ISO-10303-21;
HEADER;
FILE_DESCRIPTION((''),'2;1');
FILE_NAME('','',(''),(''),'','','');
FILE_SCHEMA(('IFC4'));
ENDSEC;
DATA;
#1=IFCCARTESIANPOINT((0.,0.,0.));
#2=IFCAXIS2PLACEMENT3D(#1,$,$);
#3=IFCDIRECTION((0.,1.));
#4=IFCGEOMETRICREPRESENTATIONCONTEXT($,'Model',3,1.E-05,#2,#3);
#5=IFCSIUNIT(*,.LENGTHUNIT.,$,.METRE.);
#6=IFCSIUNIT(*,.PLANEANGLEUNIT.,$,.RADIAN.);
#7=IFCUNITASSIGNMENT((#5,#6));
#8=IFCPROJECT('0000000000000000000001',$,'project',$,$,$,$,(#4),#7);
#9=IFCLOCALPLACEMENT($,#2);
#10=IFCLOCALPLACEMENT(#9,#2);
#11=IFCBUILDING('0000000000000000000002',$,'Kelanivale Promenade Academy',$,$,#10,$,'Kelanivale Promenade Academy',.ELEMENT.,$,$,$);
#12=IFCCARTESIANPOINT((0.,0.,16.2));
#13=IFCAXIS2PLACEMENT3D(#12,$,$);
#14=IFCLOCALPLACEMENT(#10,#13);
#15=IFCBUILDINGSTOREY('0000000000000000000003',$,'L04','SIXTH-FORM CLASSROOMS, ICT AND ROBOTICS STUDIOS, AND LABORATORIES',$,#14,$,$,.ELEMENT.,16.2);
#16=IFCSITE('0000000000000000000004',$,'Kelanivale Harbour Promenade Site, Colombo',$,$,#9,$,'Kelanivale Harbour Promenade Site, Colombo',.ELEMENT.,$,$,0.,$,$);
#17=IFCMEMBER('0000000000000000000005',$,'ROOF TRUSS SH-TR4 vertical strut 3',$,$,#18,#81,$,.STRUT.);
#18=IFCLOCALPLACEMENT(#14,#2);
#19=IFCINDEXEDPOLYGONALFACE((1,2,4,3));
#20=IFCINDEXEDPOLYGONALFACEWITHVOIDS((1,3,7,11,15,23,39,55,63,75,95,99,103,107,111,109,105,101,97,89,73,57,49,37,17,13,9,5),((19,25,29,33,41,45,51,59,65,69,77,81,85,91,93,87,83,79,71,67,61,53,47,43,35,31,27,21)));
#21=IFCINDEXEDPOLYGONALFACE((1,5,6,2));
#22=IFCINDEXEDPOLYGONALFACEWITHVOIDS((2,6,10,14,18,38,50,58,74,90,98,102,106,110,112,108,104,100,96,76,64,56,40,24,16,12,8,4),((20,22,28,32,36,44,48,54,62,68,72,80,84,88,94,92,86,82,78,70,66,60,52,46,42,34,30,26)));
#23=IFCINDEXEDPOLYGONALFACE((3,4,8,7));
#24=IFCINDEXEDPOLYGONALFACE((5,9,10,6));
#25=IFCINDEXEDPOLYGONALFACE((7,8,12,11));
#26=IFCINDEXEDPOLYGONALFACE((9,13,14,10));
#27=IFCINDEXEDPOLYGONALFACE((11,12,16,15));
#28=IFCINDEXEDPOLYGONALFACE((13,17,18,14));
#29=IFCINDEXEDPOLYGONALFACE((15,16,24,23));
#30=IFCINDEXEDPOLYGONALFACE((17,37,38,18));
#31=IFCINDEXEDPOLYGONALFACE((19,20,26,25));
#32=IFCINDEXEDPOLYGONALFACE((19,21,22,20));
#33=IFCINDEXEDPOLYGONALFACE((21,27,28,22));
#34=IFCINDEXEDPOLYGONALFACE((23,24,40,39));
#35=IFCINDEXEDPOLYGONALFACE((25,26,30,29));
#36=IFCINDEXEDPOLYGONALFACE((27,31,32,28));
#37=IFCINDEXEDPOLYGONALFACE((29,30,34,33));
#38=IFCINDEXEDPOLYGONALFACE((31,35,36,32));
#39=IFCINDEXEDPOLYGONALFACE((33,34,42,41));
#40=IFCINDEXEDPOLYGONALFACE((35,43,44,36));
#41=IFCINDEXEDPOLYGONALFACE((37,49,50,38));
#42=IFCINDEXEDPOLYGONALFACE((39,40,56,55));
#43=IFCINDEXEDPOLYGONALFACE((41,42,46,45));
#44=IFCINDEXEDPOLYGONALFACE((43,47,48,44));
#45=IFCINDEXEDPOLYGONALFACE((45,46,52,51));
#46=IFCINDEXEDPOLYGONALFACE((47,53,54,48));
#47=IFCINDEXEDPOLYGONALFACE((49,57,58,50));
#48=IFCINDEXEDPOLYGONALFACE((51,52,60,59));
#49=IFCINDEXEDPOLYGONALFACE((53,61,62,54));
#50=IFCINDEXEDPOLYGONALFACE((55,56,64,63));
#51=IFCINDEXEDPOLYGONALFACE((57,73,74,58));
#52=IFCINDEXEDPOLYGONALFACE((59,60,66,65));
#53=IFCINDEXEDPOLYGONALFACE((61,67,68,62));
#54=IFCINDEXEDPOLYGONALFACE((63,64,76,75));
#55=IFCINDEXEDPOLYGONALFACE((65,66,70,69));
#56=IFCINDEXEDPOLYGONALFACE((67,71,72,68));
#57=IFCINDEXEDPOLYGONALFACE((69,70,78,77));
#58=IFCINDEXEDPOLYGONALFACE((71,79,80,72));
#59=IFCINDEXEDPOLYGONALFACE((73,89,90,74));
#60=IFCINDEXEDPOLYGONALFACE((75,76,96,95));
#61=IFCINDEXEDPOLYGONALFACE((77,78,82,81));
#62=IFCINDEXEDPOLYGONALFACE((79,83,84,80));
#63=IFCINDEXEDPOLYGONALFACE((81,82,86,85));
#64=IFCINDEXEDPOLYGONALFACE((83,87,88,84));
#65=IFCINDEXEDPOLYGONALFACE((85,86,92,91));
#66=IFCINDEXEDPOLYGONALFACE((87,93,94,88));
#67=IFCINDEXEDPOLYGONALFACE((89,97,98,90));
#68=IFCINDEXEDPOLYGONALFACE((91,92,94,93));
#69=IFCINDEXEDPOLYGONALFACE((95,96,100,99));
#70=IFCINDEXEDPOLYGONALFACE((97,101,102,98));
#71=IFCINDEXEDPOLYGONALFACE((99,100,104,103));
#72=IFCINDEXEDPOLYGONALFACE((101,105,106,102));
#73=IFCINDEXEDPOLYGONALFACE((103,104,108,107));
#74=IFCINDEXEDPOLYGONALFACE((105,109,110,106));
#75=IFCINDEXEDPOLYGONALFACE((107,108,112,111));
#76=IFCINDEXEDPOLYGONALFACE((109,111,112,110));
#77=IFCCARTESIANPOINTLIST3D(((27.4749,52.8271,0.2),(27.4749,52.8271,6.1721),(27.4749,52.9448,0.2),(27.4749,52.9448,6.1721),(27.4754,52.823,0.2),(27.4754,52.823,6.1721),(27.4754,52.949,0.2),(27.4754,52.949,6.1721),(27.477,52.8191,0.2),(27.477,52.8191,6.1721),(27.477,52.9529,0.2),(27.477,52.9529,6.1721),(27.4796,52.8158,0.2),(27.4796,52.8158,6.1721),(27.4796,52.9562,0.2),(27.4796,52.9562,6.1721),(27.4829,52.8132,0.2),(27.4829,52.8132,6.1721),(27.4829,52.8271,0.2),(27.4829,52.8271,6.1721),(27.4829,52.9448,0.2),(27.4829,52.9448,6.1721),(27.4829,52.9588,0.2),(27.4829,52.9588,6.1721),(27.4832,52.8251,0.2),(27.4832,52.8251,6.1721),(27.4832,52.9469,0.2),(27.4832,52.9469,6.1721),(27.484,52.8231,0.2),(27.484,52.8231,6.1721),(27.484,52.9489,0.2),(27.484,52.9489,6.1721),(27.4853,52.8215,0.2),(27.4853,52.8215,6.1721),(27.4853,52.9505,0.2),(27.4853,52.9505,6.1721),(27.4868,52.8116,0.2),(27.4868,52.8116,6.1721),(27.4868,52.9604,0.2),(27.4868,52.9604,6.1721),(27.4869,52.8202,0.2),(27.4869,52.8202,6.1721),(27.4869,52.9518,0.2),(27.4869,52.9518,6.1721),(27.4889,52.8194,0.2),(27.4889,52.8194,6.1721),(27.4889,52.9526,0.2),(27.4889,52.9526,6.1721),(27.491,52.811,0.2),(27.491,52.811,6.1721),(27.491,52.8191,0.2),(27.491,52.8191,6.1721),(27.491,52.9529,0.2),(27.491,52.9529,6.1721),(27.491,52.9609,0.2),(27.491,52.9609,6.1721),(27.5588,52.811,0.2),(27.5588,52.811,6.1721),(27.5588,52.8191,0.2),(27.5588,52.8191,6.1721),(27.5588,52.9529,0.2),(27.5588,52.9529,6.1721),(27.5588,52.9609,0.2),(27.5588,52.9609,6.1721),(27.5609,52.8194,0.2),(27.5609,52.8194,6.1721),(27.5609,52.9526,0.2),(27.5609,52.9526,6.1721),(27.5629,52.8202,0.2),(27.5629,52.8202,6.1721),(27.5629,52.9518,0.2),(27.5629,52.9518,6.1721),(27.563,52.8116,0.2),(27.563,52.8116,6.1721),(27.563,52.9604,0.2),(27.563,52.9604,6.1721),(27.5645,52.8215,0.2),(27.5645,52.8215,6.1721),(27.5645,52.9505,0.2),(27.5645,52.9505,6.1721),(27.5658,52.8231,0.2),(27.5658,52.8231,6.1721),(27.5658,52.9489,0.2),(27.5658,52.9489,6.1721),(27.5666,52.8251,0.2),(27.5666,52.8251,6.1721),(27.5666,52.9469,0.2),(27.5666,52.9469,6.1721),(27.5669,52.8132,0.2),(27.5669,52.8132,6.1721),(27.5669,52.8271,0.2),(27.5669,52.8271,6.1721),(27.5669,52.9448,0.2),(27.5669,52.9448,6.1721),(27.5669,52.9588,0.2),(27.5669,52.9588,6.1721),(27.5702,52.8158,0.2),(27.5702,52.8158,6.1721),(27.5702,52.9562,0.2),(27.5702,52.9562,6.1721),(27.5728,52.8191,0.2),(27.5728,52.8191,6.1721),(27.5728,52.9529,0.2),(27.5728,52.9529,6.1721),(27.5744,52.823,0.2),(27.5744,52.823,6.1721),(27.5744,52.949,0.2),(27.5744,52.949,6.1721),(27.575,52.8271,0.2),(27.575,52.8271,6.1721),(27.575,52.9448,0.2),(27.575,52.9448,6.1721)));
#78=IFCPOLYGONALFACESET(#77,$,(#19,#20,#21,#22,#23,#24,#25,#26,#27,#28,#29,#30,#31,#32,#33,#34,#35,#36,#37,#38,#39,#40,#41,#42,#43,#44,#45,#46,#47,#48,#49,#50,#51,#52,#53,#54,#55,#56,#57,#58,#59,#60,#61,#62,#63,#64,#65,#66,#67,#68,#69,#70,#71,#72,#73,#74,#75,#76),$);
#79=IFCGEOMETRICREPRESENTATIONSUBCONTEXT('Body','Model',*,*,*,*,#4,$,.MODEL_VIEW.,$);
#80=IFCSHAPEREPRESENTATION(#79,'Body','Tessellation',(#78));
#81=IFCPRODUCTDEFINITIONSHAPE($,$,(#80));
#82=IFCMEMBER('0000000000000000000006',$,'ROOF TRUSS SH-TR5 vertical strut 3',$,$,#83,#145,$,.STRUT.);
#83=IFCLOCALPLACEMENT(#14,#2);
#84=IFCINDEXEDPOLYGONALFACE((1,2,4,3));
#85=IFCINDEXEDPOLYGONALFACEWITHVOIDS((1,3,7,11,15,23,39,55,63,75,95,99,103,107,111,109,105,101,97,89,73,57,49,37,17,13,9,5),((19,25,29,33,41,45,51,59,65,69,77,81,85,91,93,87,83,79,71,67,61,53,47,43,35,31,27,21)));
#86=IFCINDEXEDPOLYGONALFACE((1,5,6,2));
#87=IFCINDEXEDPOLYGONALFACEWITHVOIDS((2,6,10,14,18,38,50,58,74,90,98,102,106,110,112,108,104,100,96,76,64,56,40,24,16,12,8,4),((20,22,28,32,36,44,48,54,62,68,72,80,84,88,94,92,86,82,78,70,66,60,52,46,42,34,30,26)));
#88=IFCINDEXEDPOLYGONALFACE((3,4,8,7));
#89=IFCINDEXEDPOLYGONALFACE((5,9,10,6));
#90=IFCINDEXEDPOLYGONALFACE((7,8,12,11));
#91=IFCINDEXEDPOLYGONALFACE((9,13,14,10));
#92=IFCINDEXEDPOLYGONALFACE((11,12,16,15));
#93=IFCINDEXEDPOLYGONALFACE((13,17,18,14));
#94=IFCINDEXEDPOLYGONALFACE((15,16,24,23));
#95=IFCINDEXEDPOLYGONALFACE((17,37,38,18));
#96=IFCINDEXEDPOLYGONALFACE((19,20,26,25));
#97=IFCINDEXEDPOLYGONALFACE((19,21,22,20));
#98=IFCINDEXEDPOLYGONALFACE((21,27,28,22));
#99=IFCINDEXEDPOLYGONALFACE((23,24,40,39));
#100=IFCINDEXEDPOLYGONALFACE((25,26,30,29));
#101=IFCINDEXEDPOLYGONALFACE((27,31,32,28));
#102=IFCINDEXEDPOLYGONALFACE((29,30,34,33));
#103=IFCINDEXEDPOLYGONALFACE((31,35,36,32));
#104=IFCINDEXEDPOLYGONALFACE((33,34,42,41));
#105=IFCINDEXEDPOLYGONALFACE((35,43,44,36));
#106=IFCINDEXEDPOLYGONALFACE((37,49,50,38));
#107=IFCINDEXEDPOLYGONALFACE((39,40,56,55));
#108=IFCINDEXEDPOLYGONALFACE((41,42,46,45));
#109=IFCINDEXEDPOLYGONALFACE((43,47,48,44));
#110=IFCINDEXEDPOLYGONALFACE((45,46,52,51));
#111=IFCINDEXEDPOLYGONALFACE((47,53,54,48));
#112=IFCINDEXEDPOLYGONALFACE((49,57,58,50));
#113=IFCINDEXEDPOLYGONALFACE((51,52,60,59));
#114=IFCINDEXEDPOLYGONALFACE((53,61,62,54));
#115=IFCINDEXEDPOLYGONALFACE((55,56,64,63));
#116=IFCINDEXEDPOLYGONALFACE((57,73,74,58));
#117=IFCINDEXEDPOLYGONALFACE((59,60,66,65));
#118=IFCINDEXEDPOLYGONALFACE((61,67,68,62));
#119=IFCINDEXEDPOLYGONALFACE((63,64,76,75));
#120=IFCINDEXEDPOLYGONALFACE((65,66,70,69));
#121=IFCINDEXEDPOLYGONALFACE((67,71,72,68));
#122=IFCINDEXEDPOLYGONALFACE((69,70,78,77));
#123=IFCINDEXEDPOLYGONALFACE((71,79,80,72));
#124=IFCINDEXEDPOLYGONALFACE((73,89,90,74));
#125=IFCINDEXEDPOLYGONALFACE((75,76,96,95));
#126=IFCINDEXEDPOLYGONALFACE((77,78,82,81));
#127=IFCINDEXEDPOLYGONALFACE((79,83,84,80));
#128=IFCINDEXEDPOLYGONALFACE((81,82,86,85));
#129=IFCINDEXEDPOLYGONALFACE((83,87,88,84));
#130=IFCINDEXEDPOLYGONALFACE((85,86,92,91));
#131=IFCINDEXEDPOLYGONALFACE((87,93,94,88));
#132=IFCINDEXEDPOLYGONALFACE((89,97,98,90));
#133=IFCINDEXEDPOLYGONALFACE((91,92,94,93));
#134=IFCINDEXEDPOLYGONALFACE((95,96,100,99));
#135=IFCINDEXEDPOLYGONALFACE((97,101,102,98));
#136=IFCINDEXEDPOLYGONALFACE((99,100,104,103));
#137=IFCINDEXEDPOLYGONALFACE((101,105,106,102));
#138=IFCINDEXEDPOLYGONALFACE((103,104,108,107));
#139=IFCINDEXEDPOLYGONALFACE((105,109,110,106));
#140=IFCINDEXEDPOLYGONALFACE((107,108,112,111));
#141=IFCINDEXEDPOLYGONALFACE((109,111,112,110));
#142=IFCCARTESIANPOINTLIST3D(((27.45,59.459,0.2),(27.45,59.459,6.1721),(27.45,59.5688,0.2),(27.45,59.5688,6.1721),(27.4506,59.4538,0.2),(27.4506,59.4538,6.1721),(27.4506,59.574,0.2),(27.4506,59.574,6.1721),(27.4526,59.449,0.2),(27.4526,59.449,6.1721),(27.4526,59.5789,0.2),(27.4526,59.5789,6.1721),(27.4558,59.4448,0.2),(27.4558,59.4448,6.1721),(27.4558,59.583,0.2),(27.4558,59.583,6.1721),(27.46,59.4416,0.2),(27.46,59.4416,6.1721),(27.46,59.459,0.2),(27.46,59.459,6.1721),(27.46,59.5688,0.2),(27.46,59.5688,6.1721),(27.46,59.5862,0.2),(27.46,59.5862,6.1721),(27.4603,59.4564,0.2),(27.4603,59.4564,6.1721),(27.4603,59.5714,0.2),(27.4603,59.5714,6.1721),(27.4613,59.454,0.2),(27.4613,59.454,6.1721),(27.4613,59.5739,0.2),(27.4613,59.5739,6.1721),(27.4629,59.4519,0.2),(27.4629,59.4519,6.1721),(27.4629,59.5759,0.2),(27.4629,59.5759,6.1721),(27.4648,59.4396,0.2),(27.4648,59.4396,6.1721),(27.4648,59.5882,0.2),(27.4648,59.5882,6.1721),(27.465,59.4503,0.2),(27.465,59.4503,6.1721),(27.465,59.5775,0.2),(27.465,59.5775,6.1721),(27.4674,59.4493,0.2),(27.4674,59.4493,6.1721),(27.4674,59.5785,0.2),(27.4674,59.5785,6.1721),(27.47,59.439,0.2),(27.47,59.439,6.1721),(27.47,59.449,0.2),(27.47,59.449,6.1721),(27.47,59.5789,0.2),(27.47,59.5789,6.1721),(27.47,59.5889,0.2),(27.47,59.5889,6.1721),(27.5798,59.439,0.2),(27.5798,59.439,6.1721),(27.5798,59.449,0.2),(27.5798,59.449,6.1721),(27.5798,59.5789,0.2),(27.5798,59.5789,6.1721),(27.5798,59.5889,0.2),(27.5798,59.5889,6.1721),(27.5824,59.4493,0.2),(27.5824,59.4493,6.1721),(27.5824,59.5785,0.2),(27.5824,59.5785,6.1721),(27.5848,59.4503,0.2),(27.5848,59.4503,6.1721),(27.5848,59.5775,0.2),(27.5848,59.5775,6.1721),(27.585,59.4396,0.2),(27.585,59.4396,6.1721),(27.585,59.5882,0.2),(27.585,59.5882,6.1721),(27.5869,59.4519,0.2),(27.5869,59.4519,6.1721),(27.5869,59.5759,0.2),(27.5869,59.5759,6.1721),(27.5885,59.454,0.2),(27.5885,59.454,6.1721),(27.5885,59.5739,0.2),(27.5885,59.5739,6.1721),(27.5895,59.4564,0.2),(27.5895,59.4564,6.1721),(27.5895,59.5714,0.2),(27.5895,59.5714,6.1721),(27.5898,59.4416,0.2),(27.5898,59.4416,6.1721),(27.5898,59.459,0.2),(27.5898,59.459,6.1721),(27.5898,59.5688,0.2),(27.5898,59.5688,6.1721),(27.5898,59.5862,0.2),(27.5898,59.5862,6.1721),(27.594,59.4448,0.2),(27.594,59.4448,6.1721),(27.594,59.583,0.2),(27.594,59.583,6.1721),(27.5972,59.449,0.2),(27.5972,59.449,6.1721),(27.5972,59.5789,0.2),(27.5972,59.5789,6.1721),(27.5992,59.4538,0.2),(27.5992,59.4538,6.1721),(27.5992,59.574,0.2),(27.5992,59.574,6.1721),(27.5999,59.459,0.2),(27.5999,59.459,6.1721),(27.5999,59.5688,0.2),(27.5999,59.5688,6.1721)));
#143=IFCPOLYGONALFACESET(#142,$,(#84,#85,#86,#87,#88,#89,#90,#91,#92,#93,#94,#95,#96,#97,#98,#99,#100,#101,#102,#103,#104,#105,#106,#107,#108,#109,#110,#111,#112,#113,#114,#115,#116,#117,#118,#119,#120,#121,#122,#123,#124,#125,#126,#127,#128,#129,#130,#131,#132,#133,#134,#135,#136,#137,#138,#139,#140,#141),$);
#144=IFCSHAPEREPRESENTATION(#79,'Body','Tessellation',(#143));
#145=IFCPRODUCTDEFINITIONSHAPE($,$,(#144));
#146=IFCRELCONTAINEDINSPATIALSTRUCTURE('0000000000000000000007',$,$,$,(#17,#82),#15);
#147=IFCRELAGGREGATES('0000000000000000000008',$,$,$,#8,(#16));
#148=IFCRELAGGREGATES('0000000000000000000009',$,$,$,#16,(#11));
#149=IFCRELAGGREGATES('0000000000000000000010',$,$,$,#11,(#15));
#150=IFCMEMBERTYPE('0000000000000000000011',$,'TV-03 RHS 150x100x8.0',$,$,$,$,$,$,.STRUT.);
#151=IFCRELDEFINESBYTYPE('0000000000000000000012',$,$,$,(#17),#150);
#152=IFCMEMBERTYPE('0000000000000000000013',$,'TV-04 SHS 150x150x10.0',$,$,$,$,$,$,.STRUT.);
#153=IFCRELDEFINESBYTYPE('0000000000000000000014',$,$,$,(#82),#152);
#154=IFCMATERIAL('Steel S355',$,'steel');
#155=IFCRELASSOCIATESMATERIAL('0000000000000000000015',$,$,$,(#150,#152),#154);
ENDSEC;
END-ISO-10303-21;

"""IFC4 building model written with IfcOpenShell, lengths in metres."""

from ifc_helpers import new_model, si_unit, direction, frame, origin, origin_2d, place, context, subcontext, project, spatial, hollow_rectangle, extrude, material, material_profile, profile_set, type_object, element, save


model = new_model("IFC4")

# Units and contexts
model_context = context("Model", 3, precision=1e-05, world=origin(), true_north=direction((0.0, 1.0)))
body_context = subcontext(model_context, "Body", "Model", "MODEL_VIEW")
ifc_project = project(units=[si_unit("LENGTHUNIT", "METRE"), si_unit("PLANEANGLEUNIT", "RADIAN")], contexts=[model_context])

# Site, building, storey
site_placement = place(None, origin())
site = spatial("IfcSite", under=ifc_project, at=site_placement, Name="Kelanivale Harbour Promenade Site, Colombo", LongName="Kelanivale Harbour Promenade Site, Colombo", CompositionType="ELEMENT", RefElevation=0.0)
building_placement = place(site_placement, origin())
building = spatial("IfcBuilding", under=site, at=building_placement, Name="Kelanivale Promenade Academy", LongName="Kelanivale Promenade Academy", CompositionType="ELEMENT")
storey_placement = place(building_placement, frame((0.0, 0.0, 16.2)))
storey = spatial("IfcBuildingStorey", under=building, at=storey_placement, Name="L04", Description="SIXTH-FORM CLASSROOMS, ICT AND ROBOTICS STUDIOS, AND LABORATORIES", CompositionType="ELEMENT", Elevation=16.2)

# Members
ifc_material = material(Name="Steel S355", Category="steel")
ifc_material_profile_1 = material_profile(ifc_material, hollow_rectangle(XDim=0.1001, YDim=0.1499, WallThickness=0.0081, InnerFilletRadius=0.0081, OuterFilletRadius=0.0161, at=origin_2d()), Name="RHS 150x100x8.0")
ifc_profile_set_1 = profile_set([ifc_material_profile_1], Name="Steel S355")
member_type_1 = type_object("IfcMemberType", Name="TV-03 RHS 150x100x8.0", PredefinedType="STRUT", material=ifc_profile_set_1)
member_1_placement = place(storey_placement, frame((27.5249, 52.886, 0.2), z_axis=(0.0, 0.0, 1.0), x_axis=(1.0, 0.0, 0.0)))
element("IfcMember", 1, at=member_1_placement, inside=storey, type_object=member_type_1, Name="ROOF TRUSS SH-TR4 vertical strut 3", PredefinedType="STRUT", context=body_context, shape_type="SweptSolid", body=[
    extrude(hollow_rectangle(XDim=0.1001, YDim=0.1499, WallThickness=0.0081, InnerFilletRadius=0.0081, OuterFilletRadius=0.0161, at=origin_2d()), origin(), (0.0, 0.0, 1.0), 5.9722),
])
ifc_material_profile_2 = material_profile(ifc_material, hollow_rectangle(XDim=0.1499, YDim=0.1499, WallThickness=0.01, InnerFilletRadius=0.01, OuterFilletRadius=0.02, at=origin_2d()), Name="SHS 150x150x10.0")
ifc_profile_set_2 = profile_set([ifc_material_profile_2], Name="Steel S355")
member_type_2 = type_object("IfcMemberType", Name="TV-04 SHS 150x150x10.0", PredefinedType="STRUT", material=ifc_profile_set_2)
member_2_placement = place(storey_placement, frame((27.5249, 59.5139, 0.2), z_axis=(0.0, 0.0, 1.0), x_axis=(1.0, 0.0, 0.0)))
element("IfcMember", 2, at=member_2_placement, inside=storey, type_object=member_type_2, Name="ROOF TRUSS SH-TR5 vertical strut 3", PredefinedType="STRUT", context=body_context, shape_type="SweptSolid", body=[
    extrude(hollow_rectangle(XDim=0.1499, YDim=0.1499, WallThickness=0.01, InnerFilletRadius=0.01, OuterFilletRadius=0.02, at=origin_2d()), origin(), (0.0, 0.0, 1.0), 5.9722),
])

save(model, "model.ifc")
